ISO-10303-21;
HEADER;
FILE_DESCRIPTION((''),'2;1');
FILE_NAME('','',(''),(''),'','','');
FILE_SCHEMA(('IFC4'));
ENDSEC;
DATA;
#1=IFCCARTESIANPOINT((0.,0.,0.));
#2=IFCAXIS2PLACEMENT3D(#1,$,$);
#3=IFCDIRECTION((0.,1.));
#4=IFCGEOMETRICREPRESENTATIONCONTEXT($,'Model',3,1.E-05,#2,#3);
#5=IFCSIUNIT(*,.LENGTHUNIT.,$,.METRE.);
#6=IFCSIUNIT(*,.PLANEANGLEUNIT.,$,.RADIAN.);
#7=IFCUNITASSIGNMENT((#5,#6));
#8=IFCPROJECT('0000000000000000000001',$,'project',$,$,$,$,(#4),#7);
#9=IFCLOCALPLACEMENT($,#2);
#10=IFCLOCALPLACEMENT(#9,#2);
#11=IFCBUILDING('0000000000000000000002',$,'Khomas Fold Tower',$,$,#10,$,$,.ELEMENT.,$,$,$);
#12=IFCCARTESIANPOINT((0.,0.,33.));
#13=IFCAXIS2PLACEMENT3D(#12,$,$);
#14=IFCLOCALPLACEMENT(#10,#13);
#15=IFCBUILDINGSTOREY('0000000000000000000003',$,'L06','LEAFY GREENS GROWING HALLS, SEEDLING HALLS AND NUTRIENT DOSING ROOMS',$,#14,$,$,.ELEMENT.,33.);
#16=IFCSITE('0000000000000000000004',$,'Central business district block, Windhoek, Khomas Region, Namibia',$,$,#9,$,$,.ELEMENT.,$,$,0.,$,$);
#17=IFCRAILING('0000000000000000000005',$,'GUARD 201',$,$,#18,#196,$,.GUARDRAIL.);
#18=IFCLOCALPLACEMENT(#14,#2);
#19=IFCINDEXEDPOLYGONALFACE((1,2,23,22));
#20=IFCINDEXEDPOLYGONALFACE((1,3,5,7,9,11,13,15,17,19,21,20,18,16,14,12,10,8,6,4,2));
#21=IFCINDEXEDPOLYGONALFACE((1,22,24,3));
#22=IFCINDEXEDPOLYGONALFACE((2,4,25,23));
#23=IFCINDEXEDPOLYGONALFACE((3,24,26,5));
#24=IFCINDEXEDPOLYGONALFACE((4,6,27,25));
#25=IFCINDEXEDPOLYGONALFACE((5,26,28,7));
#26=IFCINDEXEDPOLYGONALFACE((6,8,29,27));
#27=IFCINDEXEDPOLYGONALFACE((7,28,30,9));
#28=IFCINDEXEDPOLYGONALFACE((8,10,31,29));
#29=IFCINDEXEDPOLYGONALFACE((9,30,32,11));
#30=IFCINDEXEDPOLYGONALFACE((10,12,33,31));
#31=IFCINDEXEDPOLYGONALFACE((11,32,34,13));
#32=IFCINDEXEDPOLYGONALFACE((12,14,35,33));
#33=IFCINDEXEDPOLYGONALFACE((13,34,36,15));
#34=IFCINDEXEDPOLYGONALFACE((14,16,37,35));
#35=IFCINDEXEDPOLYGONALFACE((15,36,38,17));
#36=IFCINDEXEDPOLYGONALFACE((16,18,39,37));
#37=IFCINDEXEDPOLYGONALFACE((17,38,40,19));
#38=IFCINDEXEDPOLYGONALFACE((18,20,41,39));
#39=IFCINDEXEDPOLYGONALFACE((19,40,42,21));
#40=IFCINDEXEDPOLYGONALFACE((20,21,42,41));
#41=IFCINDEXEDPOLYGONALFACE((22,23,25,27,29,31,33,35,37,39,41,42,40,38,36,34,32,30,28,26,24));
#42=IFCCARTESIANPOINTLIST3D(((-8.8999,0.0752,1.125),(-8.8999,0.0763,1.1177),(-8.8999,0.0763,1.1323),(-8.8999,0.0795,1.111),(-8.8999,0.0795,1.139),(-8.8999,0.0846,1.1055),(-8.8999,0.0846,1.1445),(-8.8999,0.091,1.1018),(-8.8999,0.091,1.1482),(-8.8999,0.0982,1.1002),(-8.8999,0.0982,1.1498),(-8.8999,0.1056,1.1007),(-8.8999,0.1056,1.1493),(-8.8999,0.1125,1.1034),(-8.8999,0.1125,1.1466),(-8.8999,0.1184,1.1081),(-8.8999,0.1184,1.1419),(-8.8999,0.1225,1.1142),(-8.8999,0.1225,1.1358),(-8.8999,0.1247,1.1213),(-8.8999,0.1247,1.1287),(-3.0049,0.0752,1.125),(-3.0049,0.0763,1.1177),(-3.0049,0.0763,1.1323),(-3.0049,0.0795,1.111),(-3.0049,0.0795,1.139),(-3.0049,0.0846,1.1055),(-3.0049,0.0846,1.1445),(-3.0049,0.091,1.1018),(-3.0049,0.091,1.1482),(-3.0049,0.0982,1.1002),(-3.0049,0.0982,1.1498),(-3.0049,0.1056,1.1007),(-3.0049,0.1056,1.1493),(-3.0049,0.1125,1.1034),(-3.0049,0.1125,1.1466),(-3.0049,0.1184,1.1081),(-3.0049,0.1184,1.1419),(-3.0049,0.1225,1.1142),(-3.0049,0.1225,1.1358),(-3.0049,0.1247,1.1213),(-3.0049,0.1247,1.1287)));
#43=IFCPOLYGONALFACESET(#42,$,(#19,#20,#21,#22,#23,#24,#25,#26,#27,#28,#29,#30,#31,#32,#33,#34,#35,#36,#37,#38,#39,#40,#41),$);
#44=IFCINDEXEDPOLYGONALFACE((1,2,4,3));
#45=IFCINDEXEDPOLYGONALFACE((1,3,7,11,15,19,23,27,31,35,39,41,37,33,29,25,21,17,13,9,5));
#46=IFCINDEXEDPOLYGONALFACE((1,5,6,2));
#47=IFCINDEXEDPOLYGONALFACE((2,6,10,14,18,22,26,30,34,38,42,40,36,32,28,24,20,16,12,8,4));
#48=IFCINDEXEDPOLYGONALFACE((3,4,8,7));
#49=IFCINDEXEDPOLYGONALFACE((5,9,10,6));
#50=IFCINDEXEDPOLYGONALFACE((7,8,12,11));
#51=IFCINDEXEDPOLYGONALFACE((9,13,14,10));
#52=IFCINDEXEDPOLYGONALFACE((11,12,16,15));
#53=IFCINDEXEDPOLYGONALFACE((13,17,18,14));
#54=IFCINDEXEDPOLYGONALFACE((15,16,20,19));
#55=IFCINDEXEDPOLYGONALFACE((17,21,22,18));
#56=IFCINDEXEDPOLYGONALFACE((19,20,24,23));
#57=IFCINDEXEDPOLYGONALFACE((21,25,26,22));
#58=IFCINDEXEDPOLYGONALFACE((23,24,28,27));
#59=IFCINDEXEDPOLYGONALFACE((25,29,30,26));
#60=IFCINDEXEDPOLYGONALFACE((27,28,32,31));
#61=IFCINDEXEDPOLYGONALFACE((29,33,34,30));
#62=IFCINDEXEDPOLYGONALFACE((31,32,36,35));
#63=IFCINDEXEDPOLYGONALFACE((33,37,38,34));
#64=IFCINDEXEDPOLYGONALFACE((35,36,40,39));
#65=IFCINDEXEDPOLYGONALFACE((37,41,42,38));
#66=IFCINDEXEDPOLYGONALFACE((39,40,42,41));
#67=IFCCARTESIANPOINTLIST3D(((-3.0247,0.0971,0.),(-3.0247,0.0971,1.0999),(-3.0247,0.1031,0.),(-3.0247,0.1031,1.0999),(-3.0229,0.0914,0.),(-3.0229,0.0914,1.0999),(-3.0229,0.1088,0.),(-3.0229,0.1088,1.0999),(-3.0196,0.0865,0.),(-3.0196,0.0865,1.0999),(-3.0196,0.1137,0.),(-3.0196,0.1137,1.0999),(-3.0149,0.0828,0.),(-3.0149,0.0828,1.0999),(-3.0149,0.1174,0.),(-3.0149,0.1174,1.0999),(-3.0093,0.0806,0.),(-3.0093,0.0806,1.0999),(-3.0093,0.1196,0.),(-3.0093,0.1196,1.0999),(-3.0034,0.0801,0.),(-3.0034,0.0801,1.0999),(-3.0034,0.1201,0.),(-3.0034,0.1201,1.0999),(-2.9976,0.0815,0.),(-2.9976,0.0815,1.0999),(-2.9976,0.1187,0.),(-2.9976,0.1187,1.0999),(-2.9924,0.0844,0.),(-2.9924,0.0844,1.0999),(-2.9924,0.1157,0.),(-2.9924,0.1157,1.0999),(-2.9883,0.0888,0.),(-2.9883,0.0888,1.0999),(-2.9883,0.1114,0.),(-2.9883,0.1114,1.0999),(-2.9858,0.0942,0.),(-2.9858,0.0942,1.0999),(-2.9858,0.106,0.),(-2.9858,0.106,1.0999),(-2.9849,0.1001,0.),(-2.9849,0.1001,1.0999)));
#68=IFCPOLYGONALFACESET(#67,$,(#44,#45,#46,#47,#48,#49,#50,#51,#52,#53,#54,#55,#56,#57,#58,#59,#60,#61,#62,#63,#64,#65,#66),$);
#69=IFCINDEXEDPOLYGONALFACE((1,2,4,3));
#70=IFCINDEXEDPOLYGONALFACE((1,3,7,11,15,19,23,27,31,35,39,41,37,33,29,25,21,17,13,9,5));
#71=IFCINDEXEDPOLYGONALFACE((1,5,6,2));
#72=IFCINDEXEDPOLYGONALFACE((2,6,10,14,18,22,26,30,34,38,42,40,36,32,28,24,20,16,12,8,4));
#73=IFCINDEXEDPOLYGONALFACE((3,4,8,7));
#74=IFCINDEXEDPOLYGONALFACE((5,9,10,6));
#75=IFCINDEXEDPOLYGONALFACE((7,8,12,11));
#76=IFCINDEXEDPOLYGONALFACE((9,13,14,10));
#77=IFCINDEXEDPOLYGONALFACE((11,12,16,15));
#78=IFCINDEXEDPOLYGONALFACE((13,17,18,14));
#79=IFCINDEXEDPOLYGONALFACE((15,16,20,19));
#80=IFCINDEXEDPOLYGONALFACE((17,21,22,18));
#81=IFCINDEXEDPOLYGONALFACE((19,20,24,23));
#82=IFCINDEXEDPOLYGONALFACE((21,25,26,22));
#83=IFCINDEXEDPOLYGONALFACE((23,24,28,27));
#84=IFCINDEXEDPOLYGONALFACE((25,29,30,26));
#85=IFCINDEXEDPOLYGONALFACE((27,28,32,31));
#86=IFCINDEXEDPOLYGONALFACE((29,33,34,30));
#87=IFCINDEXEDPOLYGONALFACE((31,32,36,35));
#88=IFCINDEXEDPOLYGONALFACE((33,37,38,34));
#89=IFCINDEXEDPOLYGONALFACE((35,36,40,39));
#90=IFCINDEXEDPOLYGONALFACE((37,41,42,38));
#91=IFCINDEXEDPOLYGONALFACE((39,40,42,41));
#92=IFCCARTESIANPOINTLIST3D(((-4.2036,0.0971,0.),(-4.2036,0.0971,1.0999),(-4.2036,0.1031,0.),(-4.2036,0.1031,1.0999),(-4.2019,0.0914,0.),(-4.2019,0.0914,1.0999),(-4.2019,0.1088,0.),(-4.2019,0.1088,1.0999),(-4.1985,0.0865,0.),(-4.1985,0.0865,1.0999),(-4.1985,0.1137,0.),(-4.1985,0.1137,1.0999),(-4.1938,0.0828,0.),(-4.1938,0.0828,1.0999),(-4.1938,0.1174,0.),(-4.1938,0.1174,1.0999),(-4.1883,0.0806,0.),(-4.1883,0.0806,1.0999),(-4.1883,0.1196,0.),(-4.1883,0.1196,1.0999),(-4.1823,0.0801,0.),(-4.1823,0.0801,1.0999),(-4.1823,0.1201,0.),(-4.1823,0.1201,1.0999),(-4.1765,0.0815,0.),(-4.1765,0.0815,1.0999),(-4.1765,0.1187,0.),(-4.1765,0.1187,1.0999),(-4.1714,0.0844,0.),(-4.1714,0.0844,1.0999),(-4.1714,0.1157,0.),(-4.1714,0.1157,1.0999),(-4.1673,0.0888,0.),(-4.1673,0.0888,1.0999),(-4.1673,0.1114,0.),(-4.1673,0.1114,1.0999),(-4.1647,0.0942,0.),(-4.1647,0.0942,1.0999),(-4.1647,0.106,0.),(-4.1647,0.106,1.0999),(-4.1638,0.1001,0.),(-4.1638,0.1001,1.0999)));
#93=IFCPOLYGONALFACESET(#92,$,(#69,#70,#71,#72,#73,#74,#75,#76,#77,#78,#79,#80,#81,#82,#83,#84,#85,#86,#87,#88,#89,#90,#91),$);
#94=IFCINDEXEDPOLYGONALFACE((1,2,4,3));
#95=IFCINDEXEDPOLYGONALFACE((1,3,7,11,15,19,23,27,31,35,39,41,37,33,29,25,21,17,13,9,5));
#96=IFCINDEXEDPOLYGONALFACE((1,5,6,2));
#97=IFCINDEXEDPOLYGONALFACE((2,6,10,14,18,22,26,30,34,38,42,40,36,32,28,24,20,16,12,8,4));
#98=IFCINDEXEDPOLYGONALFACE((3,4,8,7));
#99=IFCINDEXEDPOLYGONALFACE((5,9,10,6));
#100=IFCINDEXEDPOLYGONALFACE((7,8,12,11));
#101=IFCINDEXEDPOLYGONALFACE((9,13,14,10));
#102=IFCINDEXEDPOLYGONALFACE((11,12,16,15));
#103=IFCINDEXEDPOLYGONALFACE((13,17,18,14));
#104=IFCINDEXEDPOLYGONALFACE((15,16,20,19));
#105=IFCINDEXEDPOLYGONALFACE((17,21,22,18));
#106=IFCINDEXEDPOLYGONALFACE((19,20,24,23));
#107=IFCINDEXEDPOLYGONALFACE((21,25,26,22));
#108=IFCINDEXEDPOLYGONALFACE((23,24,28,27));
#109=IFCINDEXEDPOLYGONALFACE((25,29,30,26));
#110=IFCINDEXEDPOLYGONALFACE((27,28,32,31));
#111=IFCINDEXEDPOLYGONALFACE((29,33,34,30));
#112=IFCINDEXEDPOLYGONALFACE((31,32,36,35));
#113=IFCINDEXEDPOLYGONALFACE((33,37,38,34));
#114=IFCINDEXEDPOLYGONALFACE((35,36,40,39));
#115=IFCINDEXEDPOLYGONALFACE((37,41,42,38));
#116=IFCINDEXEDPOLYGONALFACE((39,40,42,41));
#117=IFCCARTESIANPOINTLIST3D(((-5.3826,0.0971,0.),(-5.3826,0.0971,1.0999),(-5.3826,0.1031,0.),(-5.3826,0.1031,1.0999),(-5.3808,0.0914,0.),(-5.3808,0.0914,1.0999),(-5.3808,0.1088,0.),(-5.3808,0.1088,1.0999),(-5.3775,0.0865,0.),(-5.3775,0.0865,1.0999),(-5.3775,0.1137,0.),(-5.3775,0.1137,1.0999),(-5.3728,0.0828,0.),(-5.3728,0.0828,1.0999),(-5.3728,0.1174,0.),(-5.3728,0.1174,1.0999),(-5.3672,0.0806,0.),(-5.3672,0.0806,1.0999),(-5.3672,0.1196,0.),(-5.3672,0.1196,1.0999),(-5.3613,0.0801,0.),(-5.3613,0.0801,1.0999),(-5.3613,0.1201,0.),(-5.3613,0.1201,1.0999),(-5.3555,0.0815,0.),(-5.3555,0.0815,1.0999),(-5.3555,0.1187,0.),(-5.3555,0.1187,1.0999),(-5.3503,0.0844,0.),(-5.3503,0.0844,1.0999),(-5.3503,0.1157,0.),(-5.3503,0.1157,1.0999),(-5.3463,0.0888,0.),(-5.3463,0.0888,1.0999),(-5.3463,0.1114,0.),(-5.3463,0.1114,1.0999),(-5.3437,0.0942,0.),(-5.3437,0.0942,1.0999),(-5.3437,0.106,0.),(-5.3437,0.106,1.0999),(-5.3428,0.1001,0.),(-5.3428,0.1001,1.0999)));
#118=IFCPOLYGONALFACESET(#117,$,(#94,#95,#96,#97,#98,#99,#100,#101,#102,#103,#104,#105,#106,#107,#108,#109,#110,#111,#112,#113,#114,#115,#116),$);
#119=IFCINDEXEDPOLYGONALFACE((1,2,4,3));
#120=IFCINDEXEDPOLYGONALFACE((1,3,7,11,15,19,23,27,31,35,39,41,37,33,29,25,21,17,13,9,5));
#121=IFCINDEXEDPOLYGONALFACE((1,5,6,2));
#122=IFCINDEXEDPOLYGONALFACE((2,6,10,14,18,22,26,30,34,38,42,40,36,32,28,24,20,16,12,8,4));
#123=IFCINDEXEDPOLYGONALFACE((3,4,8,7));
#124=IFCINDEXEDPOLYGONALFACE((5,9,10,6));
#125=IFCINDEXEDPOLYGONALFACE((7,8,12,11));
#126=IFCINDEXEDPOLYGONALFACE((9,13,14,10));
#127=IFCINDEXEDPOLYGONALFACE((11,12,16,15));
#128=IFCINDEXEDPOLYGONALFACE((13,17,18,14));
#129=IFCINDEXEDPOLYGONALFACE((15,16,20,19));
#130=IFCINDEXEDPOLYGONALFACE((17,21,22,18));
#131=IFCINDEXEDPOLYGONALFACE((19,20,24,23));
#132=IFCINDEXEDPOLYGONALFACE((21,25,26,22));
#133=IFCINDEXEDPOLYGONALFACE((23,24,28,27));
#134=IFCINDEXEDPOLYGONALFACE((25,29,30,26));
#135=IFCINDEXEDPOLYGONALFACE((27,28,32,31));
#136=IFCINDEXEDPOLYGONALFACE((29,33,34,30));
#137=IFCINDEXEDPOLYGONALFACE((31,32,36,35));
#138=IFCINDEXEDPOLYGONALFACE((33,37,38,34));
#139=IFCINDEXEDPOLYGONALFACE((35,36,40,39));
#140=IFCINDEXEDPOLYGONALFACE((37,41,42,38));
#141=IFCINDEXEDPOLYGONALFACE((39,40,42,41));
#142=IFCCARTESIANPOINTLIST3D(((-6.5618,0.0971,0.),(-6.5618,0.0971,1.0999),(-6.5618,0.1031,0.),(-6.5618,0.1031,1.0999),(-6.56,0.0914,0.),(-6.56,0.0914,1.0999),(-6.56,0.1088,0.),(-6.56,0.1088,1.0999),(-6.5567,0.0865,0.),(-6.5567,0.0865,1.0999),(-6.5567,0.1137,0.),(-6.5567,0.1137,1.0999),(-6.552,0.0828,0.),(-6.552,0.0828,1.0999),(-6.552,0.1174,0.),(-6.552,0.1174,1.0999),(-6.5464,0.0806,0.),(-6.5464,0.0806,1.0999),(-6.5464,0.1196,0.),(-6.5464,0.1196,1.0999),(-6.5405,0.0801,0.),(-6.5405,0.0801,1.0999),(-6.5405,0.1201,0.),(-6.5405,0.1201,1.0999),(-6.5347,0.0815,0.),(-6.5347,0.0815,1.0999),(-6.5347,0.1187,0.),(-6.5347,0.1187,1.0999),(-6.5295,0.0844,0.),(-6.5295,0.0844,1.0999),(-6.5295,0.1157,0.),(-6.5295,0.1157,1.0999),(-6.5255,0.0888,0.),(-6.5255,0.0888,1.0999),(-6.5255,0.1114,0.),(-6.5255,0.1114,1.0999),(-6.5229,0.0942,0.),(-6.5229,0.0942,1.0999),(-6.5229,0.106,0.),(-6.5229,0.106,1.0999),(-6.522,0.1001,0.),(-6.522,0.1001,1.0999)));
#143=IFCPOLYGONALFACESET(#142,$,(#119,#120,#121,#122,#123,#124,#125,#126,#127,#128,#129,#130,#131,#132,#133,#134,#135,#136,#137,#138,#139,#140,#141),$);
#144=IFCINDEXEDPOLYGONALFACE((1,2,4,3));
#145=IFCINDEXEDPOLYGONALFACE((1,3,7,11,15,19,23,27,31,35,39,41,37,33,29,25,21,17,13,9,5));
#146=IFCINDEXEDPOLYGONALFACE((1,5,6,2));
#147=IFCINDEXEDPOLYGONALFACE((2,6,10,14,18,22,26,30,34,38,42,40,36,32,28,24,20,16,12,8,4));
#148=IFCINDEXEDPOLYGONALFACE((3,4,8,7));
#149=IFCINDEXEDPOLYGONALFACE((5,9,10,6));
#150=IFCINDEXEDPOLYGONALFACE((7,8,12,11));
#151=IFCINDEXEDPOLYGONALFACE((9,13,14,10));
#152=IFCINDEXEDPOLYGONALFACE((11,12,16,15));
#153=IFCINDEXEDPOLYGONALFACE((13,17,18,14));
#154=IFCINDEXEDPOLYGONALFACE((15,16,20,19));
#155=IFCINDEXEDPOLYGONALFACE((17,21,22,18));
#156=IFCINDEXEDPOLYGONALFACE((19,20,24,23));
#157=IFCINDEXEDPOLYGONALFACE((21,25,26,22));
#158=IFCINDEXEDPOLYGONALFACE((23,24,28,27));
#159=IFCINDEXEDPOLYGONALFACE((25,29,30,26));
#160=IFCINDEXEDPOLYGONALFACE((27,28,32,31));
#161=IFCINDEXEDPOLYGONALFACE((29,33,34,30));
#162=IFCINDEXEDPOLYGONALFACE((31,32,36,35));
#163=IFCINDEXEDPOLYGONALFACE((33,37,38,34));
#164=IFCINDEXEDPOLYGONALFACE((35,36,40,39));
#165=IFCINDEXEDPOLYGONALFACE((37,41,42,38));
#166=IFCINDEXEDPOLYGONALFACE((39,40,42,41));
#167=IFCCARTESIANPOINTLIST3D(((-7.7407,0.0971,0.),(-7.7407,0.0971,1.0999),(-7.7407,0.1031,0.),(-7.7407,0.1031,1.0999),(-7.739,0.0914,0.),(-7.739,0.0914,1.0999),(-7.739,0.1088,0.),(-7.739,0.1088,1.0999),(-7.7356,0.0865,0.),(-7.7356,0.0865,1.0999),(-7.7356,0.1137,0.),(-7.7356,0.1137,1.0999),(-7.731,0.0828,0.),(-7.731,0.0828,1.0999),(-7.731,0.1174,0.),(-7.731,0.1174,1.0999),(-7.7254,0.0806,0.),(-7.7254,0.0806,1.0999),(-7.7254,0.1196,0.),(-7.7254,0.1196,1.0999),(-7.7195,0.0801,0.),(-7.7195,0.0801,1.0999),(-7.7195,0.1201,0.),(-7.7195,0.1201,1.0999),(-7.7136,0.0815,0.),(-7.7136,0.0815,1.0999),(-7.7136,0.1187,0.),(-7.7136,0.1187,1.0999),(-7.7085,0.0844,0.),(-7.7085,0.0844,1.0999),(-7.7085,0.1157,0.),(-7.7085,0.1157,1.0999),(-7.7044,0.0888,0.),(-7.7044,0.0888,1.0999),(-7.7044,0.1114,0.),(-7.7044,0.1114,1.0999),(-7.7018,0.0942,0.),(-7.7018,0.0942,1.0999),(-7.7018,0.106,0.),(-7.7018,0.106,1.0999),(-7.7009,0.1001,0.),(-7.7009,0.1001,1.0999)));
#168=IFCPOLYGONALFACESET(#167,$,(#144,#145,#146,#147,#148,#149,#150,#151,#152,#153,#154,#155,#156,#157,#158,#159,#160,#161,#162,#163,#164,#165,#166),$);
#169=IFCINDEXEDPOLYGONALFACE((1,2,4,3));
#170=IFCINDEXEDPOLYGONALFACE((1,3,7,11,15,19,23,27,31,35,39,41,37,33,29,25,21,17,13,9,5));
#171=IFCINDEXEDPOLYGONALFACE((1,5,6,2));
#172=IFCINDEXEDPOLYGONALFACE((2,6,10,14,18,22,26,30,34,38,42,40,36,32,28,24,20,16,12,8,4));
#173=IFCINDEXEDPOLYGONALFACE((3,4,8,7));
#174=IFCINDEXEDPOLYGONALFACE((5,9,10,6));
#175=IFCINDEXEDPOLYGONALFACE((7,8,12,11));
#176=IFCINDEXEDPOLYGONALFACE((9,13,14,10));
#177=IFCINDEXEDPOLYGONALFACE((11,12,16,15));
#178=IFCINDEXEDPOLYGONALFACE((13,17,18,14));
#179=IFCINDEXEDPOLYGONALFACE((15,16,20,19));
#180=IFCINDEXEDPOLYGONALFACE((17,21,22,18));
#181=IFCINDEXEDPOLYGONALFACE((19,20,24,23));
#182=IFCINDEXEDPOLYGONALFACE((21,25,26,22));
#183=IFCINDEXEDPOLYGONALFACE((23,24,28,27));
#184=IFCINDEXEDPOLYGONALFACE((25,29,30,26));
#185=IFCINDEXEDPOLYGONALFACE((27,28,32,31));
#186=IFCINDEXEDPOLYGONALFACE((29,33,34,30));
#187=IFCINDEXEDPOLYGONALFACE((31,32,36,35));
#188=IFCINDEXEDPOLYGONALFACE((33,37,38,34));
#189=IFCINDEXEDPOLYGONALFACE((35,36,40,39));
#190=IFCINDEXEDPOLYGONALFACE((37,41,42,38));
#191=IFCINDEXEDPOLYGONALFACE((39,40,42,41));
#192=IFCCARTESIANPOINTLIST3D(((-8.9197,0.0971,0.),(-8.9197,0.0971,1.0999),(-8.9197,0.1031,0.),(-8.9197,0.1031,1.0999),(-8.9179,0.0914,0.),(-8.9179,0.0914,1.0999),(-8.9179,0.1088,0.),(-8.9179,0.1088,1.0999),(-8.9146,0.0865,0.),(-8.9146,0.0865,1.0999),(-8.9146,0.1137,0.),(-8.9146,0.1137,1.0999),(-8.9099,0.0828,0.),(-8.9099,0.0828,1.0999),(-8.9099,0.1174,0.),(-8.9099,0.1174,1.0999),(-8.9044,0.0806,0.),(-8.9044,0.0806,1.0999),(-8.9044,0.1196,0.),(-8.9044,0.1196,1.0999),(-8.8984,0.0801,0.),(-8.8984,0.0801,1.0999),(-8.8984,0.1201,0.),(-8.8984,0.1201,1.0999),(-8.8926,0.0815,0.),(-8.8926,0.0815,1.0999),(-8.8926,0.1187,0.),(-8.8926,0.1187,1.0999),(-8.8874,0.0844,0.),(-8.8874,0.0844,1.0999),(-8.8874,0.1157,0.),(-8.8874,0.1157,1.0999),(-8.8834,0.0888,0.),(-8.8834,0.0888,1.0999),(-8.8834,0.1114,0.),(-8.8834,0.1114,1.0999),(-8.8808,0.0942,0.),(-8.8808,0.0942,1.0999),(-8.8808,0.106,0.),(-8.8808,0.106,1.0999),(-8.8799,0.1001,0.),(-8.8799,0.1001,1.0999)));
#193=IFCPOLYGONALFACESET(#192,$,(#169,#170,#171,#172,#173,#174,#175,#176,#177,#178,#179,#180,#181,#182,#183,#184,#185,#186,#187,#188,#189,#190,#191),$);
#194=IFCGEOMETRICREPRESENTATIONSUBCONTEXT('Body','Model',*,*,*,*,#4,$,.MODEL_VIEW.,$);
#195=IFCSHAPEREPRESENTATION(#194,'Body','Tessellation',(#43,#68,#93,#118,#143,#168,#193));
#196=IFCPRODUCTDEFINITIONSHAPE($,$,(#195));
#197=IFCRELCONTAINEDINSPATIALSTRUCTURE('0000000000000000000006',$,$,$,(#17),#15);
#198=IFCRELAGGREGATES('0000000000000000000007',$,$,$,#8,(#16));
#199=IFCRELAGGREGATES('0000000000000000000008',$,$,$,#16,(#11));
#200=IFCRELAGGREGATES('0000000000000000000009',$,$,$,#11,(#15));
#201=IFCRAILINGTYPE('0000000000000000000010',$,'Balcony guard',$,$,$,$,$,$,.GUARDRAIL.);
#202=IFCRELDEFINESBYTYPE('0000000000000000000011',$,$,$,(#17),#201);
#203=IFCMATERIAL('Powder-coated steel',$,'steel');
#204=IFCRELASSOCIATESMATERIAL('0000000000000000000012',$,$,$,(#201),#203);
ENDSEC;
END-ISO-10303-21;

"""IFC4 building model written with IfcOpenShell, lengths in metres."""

from ifc_helpers import new_model, si_unit, direction, frame, origin, origin_2d, place, context, subcontext, project, spatial, circle, extrude, source, transform, mapped, material, type_object, element, save


model = new_model("IFC4")

# Units and contexts
model_context = context("Model", 3, precision=1e-05, world=origin(), true_north=direction((0.0, 1.0)))
body_context = subcontext(model_context, "Body", "Model", "MODEL_VIEW")
ifc_project = project(units=[si_unit("LENGTHUNIT", "METRE"), si_unit("PLANEANGLEUNIT", "RADIAN")], contexts=[model_context])

# Site, building, storey
site_placement = place(None, origin())
site = spatial("IfcSite", under=ifc_project, at=site_placement, Name="Central business district block, Windhoek, Khomas Region, Namibia", CompositionType="ELEMENT", RefElevation=0.0)
building_placement = place(site_placement, origin())
building = spatial("IfcBuilding", under=site, at=building_placement, Name="Khomas Fold Tower", CompositionType="ELEMENT")
storey_placement = place(building_placement, frame((0.0, 0.0, 33.0)))
storey = spatial("IfcBuildingStorey", under=building, at=storey_placement, Name="L06", Description="LEAFY GREENS GROWING HALLS, SEEDLING HALLS AND NUTRIENT DOSING ROOMS", CompositionType="ELEMENT", Elevation=33.0)

# Railing
ifc_material_1 = material(Name="Powder-coated steel", Category="steel")
railing_type_1 = type_object("IfcRailingType", Name="Balcony guard", PredefinedType="GUARDRAIL", material=ifc_material_1)
shared_shape_1 = source(origin(), body_context, "Body", "SweptSolid", [
    extrude(circle(Radius=0.0249, at=origin_2d()), frame((0.0, 0.0, 1.125), z_axis=(-1.0, 0.0, 0.0), x_axis=(0.0, -1.0, 0.0)), (0.0, 0.0, 1.0), 5.895),
    extrude(circle(Radius=0.02, at=origin_2d()), origin(), (0.0, 0.0, 1.0), 1.0999),
    extrude(circle(Radius=0.02, at=origin_2d()), frame((-1.179, 0.0, 0.0)), (0.0, 0.0, 1.0), 1.0999),
    extrude(circle(Radius=0.02, at=origin_2d()), frame((-2.3579, 0.0, 0.0)), (0.0, 0.0, 1.0), 1.0999),
    extrude(circle(Radius=0.02, at=origin_2d()), frame((-3.5371, 0.0, 0.0)), (0.0, 0.0, 1.0), 1.0999),
    extrude(circle(Radius=0.02, at=origin_2d()), frame((-4.7161, 0.0, 0.0)), (0.0, 0.0, 1.0), 1.0999),
    extrude(circle(Radius=0.02, at=origin_2d()), frame((-5.895, 0.0, 0.0)), (0.0, 0.0, 1.0), 1.0999),
])
railing_1_placement = place(storey_placement, frame((-3.0049, 0.1001, 0.0)))
element("IfcRailing", 1, at=railing_1_placement, inside=storey, type_object=railing_type_1, Name="GUARD 201", PredefinedType="GUARDRAIL", context=body_context, shape_type="MappedRepresentation", body=[
    mapped(shared_shape_1, transform((0.0, 0.0, 0.0))),
])

save(model, "model.ifc")
